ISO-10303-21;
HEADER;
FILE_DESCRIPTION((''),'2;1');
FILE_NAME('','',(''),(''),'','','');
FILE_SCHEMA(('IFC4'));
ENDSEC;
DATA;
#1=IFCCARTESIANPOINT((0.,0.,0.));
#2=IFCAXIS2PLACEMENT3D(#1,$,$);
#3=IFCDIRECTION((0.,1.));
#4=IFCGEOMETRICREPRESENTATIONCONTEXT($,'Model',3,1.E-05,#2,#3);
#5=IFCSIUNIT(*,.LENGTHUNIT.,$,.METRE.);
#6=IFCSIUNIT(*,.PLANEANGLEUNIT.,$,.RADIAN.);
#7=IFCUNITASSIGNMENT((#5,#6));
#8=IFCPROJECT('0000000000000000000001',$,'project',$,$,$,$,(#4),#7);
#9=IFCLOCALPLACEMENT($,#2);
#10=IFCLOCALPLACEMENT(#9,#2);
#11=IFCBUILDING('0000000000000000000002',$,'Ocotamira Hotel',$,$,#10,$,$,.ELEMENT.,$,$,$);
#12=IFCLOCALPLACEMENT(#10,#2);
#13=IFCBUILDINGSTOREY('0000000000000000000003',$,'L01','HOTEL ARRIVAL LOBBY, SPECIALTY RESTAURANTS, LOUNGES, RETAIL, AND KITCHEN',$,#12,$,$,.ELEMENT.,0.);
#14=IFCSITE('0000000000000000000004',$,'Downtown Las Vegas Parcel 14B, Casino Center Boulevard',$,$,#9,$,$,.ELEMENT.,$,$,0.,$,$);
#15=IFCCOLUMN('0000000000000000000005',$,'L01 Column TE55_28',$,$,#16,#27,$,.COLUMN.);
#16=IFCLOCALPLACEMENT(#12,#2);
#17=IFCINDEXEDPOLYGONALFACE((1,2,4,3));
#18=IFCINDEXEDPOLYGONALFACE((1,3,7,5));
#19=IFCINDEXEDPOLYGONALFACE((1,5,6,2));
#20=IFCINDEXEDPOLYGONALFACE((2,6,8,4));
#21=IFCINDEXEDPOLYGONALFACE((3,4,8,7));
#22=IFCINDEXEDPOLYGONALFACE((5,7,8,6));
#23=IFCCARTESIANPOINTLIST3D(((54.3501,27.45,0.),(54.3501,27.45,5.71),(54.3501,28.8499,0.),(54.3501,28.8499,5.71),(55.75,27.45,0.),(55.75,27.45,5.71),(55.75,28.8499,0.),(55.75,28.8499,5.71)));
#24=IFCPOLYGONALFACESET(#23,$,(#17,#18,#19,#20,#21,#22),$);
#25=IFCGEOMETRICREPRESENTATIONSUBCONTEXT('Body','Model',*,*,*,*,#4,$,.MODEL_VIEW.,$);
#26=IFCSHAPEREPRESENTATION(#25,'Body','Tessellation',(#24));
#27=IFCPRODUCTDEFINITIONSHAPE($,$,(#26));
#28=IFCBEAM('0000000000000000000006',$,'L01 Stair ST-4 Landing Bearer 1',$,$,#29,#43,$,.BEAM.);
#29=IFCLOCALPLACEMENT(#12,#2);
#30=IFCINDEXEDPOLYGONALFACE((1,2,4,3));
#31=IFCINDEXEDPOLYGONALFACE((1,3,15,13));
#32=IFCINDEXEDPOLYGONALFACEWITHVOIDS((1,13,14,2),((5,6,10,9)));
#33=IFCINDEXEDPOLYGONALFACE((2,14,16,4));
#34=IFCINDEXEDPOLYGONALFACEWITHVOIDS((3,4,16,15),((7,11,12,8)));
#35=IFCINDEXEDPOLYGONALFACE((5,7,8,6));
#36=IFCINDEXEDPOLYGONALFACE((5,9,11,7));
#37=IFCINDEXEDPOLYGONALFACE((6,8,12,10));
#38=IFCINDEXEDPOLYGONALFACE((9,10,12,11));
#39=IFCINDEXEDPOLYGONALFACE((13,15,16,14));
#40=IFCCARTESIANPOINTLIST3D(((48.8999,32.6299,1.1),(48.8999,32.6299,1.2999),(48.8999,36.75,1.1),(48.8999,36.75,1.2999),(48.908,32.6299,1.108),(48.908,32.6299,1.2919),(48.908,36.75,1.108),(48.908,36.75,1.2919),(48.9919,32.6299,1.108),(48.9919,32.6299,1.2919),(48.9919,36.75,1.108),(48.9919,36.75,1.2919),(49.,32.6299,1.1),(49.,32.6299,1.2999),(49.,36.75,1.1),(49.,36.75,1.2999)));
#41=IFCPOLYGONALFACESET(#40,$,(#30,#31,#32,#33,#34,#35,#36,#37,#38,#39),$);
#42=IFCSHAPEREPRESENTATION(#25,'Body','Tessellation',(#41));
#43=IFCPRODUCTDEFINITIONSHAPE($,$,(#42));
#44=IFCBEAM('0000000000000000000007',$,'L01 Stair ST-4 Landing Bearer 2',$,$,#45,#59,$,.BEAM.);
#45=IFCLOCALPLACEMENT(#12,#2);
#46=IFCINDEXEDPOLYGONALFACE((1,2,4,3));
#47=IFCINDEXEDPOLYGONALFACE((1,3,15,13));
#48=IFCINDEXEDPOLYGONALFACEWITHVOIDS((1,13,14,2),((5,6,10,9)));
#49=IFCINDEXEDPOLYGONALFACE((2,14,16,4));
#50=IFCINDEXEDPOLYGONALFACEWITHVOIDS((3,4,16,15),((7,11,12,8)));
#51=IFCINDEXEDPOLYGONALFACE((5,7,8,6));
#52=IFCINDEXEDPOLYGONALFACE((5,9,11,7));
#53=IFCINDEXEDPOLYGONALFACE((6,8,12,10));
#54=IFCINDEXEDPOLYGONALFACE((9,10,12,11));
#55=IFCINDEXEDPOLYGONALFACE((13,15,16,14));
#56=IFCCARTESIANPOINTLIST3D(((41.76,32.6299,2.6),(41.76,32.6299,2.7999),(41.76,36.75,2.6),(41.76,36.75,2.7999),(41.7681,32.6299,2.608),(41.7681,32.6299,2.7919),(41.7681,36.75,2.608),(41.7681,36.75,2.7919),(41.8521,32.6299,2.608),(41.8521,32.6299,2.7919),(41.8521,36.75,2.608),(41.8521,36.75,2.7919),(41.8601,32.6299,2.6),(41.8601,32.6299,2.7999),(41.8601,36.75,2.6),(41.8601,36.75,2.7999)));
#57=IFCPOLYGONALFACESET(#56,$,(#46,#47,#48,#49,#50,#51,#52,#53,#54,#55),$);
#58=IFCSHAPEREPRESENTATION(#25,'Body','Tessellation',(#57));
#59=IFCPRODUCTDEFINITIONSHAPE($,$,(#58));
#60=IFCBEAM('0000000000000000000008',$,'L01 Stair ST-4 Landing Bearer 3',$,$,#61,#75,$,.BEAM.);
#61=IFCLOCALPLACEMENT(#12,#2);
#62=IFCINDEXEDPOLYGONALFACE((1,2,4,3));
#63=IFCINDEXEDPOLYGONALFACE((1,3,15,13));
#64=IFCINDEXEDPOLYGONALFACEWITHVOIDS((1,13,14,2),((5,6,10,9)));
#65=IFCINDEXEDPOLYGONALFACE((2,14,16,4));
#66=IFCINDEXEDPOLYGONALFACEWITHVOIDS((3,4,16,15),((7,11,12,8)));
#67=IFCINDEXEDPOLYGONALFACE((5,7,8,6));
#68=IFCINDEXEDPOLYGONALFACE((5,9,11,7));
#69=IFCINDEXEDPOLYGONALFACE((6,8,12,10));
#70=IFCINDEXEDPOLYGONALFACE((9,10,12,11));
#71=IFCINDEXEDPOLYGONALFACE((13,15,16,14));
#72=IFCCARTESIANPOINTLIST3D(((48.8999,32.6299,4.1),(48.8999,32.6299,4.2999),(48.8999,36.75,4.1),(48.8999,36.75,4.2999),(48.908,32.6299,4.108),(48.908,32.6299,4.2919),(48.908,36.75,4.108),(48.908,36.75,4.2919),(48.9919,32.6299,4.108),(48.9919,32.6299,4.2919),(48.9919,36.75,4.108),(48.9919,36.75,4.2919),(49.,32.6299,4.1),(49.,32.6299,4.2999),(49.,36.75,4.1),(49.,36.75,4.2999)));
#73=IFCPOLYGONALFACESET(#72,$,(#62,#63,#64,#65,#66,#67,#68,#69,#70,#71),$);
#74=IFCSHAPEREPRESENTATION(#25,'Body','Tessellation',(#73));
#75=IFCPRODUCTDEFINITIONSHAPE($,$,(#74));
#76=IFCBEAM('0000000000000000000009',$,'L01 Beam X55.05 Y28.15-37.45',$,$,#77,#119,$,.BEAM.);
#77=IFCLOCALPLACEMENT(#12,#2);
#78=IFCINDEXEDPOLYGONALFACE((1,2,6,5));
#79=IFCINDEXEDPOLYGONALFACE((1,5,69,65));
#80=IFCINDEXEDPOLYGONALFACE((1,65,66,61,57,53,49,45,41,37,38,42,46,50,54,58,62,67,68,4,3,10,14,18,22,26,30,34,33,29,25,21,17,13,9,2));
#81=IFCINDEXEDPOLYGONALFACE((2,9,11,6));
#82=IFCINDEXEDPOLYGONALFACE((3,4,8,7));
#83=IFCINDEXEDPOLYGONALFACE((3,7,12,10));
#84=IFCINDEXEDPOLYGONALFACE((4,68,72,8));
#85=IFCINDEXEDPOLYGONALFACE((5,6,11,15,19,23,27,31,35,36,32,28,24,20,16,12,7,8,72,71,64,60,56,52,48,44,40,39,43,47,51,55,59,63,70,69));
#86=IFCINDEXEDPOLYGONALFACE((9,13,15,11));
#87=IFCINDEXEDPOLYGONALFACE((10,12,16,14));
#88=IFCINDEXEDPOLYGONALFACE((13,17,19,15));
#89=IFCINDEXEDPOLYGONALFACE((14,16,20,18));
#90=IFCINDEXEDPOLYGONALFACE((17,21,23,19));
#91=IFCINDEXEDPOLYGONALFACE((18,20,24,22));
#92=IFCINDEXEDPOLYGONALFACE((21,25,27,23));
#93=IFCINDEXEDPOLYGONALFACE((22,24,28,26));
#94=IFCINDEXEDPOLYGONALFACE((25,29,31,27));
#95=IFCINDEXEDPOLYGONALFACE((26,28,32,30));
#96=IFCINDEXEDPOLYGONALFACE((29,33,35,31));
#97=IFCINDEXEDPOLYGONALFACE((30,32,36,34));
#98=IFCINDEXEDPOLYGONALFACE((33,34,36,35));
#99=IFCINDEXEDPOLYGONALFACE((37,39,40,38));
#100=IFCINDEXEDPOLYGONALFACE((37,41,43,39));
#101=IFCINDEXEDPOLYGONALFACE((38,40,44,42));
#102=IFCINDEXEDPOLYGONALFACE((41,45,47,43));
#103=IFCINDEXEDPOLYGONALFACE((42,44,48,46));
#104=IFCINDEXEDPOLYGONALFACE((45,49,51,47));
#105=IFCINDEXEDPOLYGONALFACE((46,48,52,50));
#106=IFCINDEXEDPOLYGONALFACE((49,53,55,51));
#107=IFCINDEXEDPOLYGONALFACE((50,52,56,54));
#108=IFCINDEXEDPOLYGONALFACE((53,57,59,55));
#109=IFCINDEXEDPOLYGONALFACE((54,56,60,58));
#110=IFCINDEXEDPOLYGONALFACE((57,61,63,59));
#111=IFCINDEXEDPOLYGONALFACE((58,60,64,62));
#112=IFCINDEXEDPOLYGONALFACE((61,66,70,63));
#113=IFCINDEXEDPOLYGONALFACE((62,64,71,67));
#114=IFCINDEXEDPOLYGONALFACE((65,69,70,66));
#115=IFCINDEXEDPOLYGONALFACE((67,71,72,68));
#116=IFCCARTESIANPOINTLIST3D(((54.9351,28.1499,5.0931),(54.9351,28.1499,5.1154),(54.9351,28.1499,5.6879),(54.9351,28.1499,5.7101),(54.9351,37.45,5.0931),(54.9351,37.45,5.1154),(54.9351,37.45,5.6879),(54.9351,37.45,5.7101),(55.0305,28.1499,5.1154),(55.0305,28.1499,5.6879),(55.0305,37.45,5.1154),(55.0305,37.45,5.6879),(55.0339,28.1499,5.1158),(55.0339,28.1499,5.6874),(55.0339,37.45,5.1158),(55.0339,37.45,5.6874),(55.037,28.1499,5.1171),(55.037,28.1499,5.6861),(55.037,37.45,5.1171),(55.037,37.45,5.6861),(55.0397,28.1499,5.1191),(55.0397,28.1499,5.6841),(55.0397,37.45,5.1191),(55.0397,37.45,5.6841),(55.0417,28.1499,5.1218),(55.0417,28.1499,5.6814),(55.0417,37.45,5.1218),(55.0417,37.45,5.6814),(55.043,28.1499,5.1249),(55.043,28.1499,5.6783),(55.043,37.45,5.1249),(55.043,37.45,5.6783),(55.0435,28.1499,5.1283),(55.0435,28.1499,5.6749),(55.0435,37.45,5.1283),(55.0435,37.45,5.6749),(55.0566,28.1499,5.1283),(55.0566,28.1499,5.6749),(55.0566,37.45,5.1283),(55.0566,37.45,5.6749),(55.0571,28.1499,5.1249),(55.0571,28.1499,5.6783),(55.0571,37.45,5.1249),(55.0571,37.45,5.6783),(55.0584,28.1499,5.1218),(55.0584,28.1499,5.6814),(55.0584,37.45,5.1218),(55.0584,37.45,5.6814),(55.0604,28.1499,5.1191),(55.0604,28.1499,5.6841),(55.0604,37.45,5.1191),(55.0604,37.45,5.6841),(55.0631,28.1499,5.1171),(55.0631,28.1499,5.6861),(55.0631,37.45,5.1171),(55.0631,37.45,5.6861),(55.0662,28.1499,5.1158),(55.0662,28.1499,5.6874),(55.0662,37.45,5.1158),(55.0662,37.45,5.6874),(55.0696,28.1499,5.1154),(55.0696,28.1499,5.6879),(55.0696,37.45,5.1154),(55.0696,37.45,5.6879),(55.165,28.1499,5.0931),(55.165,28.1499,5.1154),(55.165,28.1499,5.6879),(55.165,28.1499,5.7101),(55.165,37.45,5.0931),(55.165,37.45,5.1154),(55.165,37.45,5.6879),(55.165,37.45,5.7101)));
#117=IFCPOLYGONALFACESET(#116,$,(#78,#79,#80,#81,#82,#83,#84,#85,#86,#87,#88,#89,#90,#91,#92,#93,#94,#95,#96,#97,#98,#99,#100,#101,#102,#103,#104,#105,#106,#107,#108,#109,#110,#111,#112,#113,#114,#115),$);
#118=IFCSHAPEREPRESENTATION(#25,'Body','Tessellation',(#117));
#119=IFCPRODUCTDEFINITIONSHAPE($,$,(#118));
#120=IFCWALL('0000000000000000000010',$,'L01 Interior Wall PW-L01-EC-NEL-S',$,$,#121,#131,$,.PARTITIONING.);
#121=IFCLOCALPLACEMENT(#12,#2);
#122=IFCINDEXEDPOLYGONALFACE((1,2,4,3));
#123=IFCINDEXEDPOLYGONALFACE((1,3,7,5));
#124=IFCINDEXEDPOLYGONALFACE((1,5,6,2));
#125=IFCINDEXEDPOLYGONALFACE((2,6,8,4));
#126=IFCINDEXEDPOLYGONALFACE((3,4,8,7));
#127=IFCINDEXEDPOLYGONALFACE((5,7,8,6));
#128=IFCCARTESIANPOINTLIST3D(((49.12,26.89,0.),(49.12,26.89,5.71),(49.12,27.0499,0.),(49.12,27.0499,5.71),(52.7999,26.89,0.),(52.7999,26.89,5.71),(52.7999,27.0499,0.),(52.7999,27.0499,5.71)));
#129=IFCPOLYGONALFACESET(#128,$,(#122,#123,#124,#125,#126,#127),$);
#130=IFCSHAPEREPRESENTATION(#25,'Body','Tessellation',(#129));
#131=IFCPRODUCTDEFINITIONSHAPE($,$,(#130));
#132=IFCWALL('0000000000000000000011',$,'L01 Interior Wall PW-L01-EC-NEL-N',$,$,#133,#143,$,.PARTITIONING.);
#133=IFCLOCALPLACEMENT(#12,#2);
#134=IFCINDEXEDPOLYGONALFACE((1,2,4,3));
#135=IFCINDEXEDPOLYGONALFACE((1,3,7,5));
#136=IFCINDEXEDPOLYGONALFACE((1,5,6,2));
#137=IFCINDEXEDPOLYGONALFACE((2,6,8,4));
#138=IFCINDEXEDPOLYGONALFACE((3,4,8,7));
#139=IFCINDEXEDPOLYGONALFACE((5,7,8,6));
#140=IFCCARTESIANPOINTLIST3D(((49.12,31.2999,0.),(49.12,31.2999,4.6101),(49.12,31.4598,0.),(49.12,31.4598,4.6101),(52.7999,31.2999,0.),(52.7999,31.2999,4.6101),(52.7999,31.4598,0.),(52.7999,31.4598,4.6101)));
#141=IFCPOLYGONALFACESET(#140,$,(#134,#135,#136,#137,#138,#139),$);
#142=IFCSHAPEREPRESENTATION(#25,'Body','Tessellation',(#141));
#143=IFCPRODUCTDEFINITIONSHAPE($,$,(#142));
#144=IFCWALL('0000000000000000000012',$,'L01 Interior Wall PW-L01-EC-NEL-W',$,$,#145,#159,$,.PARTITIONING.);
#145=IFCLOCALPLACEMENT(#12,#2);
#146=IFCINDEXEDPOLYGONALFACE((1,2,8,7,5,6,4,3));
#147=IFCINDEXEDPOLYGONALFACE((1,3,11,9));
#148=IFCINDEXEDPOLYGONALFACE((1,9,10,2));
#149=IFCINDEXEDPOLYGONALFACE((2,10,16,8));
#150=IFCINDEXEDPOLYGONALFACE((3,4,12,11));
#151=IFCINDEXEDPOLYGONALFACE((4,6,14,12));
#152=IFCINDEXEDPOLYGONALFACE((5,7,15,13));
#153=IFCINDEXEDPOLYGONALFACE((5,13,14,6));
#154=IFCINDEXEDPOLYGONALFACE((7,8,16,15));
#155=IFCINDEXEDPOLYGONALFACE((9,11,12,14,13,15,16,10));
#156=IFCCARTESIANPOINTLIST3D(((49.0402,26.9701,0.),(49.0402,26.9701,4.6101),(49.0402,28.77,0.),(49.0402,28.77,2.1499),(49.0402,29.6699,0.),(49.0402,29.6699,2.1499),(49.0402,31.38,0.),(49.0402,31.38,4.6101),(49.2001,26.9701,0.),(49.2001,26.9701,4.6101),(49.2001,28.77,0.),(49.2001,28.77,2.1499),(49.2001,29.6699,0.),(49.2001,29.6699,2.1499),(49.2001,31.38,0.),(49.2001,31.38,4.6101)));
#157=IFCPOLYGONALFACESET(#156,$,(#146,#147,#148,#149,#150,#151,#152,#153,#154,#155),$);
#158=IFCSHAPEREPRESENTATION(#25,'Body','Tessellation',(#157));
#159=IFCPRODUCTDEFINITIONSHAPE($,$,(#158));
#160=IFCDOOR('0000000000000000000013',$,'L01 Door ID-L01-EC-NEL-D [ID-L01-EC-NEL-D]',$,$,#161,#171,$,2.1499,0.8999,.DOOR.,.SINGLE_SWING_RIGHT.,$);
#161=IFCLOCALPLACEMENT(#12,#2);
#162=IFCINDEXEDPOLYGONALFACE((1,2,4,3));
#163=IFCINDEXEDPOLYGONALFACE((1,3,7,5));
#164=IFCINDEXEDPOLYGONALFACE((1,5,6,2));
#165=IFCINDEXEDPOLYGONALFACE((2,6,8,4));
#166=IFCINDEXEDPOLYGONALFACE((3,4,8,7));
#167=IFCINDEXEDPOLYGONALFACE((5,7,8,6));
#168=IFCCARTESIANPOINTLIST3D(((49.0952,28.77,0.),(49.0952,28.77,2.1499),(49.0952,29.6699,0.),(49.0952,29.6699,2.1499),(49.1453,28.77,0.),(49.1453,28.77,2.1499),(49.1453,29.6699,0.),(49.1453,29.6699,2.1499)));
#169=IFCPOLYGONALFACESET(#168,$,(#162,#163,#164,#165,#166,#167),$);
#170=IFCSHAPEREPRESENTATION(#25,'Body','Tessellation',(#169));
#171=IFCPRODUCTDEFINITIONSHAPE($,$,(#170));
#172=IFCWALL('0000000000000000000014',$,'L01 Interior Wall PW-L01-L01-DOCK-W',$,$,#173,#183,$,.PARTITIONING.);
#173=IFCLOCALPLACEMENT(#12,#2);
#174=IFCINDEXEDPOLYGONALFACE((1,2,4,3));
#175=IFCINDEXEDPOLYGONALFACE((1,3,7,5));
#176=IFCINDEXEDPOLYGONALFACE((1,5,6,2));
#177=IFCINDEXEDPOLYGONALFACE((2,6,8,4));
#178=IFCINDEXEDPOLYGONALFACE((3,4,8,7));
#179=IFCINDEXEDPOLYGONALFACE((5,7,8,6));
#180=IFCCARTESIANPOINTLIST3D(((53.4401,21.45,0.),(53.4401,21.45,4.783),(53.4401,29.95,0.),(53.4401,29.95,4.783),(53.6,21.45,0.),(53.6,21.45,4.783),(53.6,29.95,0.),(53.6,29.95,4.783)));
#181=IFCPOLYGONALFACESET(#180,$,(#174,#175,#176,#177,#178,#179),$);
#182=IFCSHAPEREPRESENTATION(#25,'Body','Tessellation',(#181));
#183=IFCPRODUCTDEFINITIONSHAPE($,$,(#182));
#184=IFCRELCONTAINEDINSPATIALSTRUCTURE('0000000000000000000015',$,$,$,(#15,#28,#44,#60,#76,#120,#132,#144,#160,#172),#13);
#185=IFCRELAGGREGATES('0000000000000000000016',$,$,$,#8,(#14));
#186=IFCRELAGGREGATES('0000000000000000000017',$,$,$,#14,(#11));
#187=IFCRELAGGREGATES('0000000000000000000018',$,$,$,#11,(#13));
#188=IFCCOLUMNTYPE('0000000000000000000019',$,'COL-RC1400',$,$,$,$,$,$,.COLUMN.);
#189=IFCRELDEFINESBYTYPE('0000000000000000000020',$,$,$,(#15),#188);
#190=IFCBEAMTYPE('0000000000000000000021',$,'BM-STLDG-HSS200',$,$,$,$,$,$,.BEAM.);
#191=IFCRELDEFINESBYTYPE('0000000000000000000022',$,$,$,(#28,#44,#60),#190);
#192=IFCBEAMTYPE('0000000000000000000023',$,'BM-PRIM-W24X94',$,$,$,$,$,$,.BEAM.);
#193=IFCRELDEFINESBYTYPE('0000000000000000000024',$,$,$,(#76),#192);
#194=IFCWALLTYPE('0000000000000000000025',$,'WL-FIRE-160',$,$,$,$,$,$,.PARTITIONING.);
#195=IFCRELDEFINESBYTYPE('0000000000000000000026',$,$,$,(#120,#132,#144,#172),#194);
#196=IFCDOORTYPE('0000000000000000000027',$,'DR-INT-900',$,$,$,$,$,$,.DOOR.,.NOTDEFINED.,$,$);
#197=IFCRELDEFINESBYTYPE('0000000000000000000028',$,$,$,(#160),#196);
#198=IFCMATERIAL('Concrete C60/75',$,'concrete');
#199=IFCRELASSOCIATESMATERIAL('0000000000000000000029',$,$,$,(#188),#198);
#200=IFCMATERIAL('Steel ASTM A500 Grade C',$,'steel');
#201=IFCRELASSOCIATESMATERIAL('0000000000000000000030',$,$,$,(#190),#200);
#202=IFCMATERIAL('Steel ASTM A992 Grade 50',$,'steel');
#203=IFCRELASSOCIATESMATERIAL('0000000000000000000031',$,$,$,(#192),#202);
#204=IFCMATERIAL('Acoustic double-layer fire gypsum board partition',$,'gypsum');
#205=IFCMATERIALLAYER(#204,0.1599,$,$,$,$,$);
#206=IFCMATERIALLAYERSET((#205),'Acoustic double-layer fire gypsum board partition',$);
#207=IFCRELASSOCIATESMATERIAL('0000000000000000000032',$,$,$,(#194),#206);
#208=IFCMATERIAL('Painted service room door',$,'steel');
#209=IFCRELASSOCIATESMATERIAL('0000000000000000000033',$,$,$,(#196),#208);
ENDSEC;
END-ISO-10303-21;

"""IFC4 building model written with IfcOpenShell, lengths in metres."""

from ifc_helpers import new_model, si_unit, direction, frame, frame_2d, origin, origin_2d, place, context, subcontext, project, spatial, rectangle, hollow_rectangle, i_section, extrude, source, transform, mapped, material, layer, layer_set, material_profile, profile_set, type_object, element, fill, save


model = new_model("IFC4")

# Units and contexts
model_context = context("Model", 3, precision=1e-05, world=origin(), true_north=direction((0.0, 1.0)))
body_context = subcontext(model_context, "Body", "Model", "MODEL_VIEW")
ifc_project = project(units=[si_unit("LENGTHUNIT", "METRE"), si_unit("PLANEANGLEUNIT", "RADIAN")], contexts=[model_context])

# Site, building, storey
site_placement = place(None, origin())
site = spatial("IfcSite", under=ifc_project, at=site_placement, Name="Downtown Las Vegas Parcel 14B, Casino Center Boulevard", CompositionType="ELEMENT", RefElevation=0.0)
building_placement = place(site_placement, origin())
building = spatial("IfcBuilding", under=site, at=building_placement, Name="Ocotamira Hotel", CompositionType="ELEMENT")
storey_placement = place(building_placement, origin())
storey = spatial("IfcBuildingStorey", under=building, at=storey_placement, Name="L01", Description="HOTEL ARRIVAL LOBBY, SPECIALTY RESTAURANTS, LOUNGES, RETAIL, AND KITCHEN", CompositionType="ELEMENT", Elevation=0.0)

# Column
ifc_material_1 = material(Name="Concrete C60/75", Category="concrete")
ifc_material_profile_1 = material_profile(ifc_material_1, rectangle(XDim=1.3999, YDim=1.3999, at=origin_2d()), Name="RC1400X1400")
ifc_profile_set_1 = profile_set([ifc_material_profile_1], Name="Concrete C60/75")
column_type = type_object("IfcColumnType", Name="COL-RC1400", PredefinedType="COLUMN", material=ifc_profile_set_1)
shared_shape_1 = source(origin(), body_context, "Body", "SweptSolid", [
    extrude(rectangle(XDim=1.3999, YDim=1.3999, at=origin_2d()), origin(), (0.0, 0.0, 1.0), 5.71),
])
column_placement = place(storey_placement, frame((55.05, 28.1499, 0.0), z_axis=(0.0, 0.0, 1.0), x_axis=(1.0, 0.0, 0.0)))
element("IfcColumn", 1, at=column_placement, inside=storey, type_object=column_type, Name="L01 Column TE55_28", PredefinedType="COLUMN", context=body_context, shape_type="MappedRepresentation", body=[
    mapped(shared_shape_1, transform((0.0, 0.0, 0.0), scale=1.0)),
])

# Beams
ifc_material_2 = material(Name="Steel ASTM A500 Grade C", Category="steel")
ifc_material_profile_2 = material_profile(ifc_material_2, hollow_rectangle(XDim=0.1001, YDim=0.2, WallThickness=0.0081, at=origin_2d()), Name="HSS200X100X8")
ifc_profile_set_2 = profile_set([ifc_material_profile_2], Name="Steel ASTM A500 Grade C")
beam_type_1 = type_object("IfcBeamType", Name="BM-STLDG-HSS200", PredefinedType="BEAM", material=ifc_profile_set_2)
shared_shape_2 = source(origin(), body_context, "Body", "SweptSolid", [
    extrude(hollow_rectangle(XDim=0.1001, YDim=0.2, WallThickness=0.0081, at=origin_2d()), origin(), (0.0, 0.0, 1.0), 4.1201),
])
for number, where, z_axis, x_axis, name in (
    (2, (48.95, 32.6299, 1.2), (0.0, 1.0, 0.0), (-1.0, 0.0, 0.0), "L01 Stair ST-4 Landing Bearer 1"),
    (3, (41.8101, 32.6299, 2.7), (0.0, 1.0, 0.0), (-1.0, 0.0, 0.0), "L01 Stair ST-4 Landing Bearer 2"),
    (4, (48.95, 32.6299, 4.2), (0.0, 1.0, 0.0), (-1.0, 0.0, 0.0), "L01 Stair ST-4 Landing Bearer 3"),
):
    element("IfcBeam", number, at=place(storey_placement, frame(where, z_axis=z_axis, x_axis=x_axis)), inside=storey, type_object=beam_type_1, Name=name, PredefinedType="BEAM", context=body_context, shape_type="MappedRepresentation", body=[
        mapped(shared_shape_2, transform((0.0, 0.0, 0.0), scale=1.0)),
    ])
ifc_material_3 = material(Name="Steel ASTM A992 Grade 50", Category="steel")
ifc_material_profile_3 = material_profile(ifc_material_3, i_section(OverallWidth=0.23, OverallDepth=0.6169, WebThickness=0.0132, FlangeThickness=0.0222, FilletRadius=0.0129, at=origin_2d()), Name="W24X94")
ifc_profile_set_3 = profile_set([ifc_material_profile_3], Name="Steel ASTM A992 Grade 50")
beam_type_2 = type_object("IfcBeamType", Name="BM-PRIM-W24X94", PredefinedType="BEAM", material=ifc_profile_set_3)
shared_shape_3 = source(origin(), body_context, "Body", "SweptSolid", [
    extrude(i_section(OverallWidth=0.23, OverallDepth=0.6169, WebThickness=0.0132, FlangeThickness=0.0222, FilletRadius=0.0129, at=origin_2d()), origin(), (0.0, 0.0, 1.0), 9.3),
])
beam_placement = place(storey_placement, frame((55.05, 28.1499, 5.4016), z_axis=(0.0, 1.0, 0.0), x_axis=(-1.0, 0.0, 0.0)))
element("IfcBeam", 5, at=beam_placement, inside=storey, type_object=beam_type_2, Name="L01 Beam X55.05 Y28.15-37.45", PredefinedType="BEAM", context=body_context, shape_type="MappedRepresentation", body=[
    mapped(shared_shape_3, transform((0.0, 0.0, 0.0), scale=1.0)),
])

# Walls
ifc_material_4 = material(Name="Acoustic double-layer fire gypsum board partition", Category="gypsum")
ifc_layer_1 = layer(ifc_material_4, 0.1599)
ifc_layer_set_1 = layer_set([ifc_layer_1], Name="Acoustic double-layer fire gypsum board partition")
wall_type_1 = type_object("IfcWallType", Name="WL-FIRE-160", PredefinedType="PARTITIONING", material=ifc_layer_set_1)
wall_1_placement = place(storey_placement, frame((49.1201, 26.97, 0.0), z_axis=(0.0, 0.0, 1.0), x_axis=(1.0, 0.0, 0.0)))
element("IfcWall", 6, at=wall_1_placement, inside=storey, type_object=wall_type_1, Name="L01 Interior Wall PW-L01-EC-NEL-S", PredefinedType="PARTITIONING", context=body_context, shape_type="SweptSolid", body=[
    extrude(rectangle(XDim=3.6799, YDim=0.1599, at=frame_2d((1.8398, 0.0))), origin(), (0.0, 0.0, 1.0), 5.71),
])
wall_2_placement = place(storey_placement, frame((49.1201, 31.3799, 0.0), z_axis=(0.0, 0.0, 1.0), x_axis=(1.0, 0.0, 0.0)))
element("IfcWall", 7, at=wall_2_placement, inside=storey, type_object=wall_type_1, Name="L01 Interior Wall PW-L01-EC-NEL-N", PredefinedType="PARTITIONING", context=body_context, shape_type="SweptSolid", body=[
    extrude(rectangle(XDim=3.6799, YDim=0.1599, at=frame_2d((1.8398, 0.0))), origin(), (0.0, 0.0, 1.0), 4.6101),
])

# Wall, opening, door
wall_3_placement = place(storey_placement, frame((49.1201, 26.97, 0.0), z_axis=(0.0, 0.0, 1.0), x_axis=(0.0, 1.0, 0.0)))
wall_3 = element("IfcWall", 8, at=wall_3_placement, inside=storey, type_object=wall_type_1, Name="L01 Interior Wall PW-L01-EC-NEL-W", PredefinedType="PARTITIONING", context=body_context, shape_type="SweptSolid", body=[
    extrude(rectangle(XDim=4.4099, YDim=0.1599, at=frame_2d((2.2051, 0.0))), origin(), (0.0, 0.0, 1.0), 4.6101),
])
opening_1_placement = place(wall_3_placement, frame((1.8, 0.0, 0.0)))
opening_1 = element("IfcOpeningElement", 9, at=opening_1_placement, cuts=wall_3, PredefinedType="OPENING", context=body_context, shape_type="SweptSolid", body=[
    extrude(rectangle(XDim=0.8999, YDim=2.1499, at=frame_2d((0.45, 1.075))), frame((0.0, 0.0898, 0.0), z_axis=(0.0, -1.0, 0.0), x_axis=(1.0, 0.0, 0.0)), (0.0, 0.0, 1.0), 0.1799),
])
ifc_material_5 = material(Name="Painted service room door", Category="steel")
door_type_1 = type_object("IfcDoorType", Name="DR-INT-900", OperationType="NOTDEFINED", PredefinedType="DOOR", material=ifc_material_5)
shared_shape_4 = source(origin(), body_context, "Body", "SweptSolid", [
    extrude(rectangle(XDim=0.8999, YDim=2.1499, at=frame_2d((0.45, 1.075))), frame((0.0, 0.0249, 0.0), z_axis=(0.0, -1.0, 0.0), x_axis=(1.0, 0.0, 0.0)), (0.0, 0.0, 1.0), 0.05),
])
door_1_placement = place(opening_1_placement, origin())
door_1 = element("IfcDoor", 10, at=door_1_placement, inside=storey, type_object=door_type_1, Name="L01 Door ID-L01-EC-NEL-D [ID-L01-EC-NEL-D]", OperationType="SINGLE_SWING_RIGHT", OverallHeight=2.1499, OverallWidth=0.8999, PredefinedType="DOOR", context=body_context, shape_type="MappedRepresentation", body=[
    mapped(shared_shape_4, transform((0.0, 0.0, 0.0), scale=1.0)),
])
fill(opening_1, door_1)

# Wall
wall_4_placement = place(storey_placement, frame((53.52, 21.45, 0.0), z_axis=(0.0, 0.0, 1.0), x_axis=(0.0, 1.0, 0.0)))
element("IfcWall", 11, at=wall_4_placement, inside=storey, type_object=wall_type_1, Name="L01 Interior Wall PW-L01-L01-DOCK-W", PredefinedType="PARTITIONING", context=body_context, shape_type="SweptSolid", body=[
    extrude(rectangle(XDim=8.5, YDim=0.1599, at=frame_2d((4.25, 0.0))), origin(), (0.0, 0.0, 1.0), 4.783),
])

save(model, "model.ifc")
